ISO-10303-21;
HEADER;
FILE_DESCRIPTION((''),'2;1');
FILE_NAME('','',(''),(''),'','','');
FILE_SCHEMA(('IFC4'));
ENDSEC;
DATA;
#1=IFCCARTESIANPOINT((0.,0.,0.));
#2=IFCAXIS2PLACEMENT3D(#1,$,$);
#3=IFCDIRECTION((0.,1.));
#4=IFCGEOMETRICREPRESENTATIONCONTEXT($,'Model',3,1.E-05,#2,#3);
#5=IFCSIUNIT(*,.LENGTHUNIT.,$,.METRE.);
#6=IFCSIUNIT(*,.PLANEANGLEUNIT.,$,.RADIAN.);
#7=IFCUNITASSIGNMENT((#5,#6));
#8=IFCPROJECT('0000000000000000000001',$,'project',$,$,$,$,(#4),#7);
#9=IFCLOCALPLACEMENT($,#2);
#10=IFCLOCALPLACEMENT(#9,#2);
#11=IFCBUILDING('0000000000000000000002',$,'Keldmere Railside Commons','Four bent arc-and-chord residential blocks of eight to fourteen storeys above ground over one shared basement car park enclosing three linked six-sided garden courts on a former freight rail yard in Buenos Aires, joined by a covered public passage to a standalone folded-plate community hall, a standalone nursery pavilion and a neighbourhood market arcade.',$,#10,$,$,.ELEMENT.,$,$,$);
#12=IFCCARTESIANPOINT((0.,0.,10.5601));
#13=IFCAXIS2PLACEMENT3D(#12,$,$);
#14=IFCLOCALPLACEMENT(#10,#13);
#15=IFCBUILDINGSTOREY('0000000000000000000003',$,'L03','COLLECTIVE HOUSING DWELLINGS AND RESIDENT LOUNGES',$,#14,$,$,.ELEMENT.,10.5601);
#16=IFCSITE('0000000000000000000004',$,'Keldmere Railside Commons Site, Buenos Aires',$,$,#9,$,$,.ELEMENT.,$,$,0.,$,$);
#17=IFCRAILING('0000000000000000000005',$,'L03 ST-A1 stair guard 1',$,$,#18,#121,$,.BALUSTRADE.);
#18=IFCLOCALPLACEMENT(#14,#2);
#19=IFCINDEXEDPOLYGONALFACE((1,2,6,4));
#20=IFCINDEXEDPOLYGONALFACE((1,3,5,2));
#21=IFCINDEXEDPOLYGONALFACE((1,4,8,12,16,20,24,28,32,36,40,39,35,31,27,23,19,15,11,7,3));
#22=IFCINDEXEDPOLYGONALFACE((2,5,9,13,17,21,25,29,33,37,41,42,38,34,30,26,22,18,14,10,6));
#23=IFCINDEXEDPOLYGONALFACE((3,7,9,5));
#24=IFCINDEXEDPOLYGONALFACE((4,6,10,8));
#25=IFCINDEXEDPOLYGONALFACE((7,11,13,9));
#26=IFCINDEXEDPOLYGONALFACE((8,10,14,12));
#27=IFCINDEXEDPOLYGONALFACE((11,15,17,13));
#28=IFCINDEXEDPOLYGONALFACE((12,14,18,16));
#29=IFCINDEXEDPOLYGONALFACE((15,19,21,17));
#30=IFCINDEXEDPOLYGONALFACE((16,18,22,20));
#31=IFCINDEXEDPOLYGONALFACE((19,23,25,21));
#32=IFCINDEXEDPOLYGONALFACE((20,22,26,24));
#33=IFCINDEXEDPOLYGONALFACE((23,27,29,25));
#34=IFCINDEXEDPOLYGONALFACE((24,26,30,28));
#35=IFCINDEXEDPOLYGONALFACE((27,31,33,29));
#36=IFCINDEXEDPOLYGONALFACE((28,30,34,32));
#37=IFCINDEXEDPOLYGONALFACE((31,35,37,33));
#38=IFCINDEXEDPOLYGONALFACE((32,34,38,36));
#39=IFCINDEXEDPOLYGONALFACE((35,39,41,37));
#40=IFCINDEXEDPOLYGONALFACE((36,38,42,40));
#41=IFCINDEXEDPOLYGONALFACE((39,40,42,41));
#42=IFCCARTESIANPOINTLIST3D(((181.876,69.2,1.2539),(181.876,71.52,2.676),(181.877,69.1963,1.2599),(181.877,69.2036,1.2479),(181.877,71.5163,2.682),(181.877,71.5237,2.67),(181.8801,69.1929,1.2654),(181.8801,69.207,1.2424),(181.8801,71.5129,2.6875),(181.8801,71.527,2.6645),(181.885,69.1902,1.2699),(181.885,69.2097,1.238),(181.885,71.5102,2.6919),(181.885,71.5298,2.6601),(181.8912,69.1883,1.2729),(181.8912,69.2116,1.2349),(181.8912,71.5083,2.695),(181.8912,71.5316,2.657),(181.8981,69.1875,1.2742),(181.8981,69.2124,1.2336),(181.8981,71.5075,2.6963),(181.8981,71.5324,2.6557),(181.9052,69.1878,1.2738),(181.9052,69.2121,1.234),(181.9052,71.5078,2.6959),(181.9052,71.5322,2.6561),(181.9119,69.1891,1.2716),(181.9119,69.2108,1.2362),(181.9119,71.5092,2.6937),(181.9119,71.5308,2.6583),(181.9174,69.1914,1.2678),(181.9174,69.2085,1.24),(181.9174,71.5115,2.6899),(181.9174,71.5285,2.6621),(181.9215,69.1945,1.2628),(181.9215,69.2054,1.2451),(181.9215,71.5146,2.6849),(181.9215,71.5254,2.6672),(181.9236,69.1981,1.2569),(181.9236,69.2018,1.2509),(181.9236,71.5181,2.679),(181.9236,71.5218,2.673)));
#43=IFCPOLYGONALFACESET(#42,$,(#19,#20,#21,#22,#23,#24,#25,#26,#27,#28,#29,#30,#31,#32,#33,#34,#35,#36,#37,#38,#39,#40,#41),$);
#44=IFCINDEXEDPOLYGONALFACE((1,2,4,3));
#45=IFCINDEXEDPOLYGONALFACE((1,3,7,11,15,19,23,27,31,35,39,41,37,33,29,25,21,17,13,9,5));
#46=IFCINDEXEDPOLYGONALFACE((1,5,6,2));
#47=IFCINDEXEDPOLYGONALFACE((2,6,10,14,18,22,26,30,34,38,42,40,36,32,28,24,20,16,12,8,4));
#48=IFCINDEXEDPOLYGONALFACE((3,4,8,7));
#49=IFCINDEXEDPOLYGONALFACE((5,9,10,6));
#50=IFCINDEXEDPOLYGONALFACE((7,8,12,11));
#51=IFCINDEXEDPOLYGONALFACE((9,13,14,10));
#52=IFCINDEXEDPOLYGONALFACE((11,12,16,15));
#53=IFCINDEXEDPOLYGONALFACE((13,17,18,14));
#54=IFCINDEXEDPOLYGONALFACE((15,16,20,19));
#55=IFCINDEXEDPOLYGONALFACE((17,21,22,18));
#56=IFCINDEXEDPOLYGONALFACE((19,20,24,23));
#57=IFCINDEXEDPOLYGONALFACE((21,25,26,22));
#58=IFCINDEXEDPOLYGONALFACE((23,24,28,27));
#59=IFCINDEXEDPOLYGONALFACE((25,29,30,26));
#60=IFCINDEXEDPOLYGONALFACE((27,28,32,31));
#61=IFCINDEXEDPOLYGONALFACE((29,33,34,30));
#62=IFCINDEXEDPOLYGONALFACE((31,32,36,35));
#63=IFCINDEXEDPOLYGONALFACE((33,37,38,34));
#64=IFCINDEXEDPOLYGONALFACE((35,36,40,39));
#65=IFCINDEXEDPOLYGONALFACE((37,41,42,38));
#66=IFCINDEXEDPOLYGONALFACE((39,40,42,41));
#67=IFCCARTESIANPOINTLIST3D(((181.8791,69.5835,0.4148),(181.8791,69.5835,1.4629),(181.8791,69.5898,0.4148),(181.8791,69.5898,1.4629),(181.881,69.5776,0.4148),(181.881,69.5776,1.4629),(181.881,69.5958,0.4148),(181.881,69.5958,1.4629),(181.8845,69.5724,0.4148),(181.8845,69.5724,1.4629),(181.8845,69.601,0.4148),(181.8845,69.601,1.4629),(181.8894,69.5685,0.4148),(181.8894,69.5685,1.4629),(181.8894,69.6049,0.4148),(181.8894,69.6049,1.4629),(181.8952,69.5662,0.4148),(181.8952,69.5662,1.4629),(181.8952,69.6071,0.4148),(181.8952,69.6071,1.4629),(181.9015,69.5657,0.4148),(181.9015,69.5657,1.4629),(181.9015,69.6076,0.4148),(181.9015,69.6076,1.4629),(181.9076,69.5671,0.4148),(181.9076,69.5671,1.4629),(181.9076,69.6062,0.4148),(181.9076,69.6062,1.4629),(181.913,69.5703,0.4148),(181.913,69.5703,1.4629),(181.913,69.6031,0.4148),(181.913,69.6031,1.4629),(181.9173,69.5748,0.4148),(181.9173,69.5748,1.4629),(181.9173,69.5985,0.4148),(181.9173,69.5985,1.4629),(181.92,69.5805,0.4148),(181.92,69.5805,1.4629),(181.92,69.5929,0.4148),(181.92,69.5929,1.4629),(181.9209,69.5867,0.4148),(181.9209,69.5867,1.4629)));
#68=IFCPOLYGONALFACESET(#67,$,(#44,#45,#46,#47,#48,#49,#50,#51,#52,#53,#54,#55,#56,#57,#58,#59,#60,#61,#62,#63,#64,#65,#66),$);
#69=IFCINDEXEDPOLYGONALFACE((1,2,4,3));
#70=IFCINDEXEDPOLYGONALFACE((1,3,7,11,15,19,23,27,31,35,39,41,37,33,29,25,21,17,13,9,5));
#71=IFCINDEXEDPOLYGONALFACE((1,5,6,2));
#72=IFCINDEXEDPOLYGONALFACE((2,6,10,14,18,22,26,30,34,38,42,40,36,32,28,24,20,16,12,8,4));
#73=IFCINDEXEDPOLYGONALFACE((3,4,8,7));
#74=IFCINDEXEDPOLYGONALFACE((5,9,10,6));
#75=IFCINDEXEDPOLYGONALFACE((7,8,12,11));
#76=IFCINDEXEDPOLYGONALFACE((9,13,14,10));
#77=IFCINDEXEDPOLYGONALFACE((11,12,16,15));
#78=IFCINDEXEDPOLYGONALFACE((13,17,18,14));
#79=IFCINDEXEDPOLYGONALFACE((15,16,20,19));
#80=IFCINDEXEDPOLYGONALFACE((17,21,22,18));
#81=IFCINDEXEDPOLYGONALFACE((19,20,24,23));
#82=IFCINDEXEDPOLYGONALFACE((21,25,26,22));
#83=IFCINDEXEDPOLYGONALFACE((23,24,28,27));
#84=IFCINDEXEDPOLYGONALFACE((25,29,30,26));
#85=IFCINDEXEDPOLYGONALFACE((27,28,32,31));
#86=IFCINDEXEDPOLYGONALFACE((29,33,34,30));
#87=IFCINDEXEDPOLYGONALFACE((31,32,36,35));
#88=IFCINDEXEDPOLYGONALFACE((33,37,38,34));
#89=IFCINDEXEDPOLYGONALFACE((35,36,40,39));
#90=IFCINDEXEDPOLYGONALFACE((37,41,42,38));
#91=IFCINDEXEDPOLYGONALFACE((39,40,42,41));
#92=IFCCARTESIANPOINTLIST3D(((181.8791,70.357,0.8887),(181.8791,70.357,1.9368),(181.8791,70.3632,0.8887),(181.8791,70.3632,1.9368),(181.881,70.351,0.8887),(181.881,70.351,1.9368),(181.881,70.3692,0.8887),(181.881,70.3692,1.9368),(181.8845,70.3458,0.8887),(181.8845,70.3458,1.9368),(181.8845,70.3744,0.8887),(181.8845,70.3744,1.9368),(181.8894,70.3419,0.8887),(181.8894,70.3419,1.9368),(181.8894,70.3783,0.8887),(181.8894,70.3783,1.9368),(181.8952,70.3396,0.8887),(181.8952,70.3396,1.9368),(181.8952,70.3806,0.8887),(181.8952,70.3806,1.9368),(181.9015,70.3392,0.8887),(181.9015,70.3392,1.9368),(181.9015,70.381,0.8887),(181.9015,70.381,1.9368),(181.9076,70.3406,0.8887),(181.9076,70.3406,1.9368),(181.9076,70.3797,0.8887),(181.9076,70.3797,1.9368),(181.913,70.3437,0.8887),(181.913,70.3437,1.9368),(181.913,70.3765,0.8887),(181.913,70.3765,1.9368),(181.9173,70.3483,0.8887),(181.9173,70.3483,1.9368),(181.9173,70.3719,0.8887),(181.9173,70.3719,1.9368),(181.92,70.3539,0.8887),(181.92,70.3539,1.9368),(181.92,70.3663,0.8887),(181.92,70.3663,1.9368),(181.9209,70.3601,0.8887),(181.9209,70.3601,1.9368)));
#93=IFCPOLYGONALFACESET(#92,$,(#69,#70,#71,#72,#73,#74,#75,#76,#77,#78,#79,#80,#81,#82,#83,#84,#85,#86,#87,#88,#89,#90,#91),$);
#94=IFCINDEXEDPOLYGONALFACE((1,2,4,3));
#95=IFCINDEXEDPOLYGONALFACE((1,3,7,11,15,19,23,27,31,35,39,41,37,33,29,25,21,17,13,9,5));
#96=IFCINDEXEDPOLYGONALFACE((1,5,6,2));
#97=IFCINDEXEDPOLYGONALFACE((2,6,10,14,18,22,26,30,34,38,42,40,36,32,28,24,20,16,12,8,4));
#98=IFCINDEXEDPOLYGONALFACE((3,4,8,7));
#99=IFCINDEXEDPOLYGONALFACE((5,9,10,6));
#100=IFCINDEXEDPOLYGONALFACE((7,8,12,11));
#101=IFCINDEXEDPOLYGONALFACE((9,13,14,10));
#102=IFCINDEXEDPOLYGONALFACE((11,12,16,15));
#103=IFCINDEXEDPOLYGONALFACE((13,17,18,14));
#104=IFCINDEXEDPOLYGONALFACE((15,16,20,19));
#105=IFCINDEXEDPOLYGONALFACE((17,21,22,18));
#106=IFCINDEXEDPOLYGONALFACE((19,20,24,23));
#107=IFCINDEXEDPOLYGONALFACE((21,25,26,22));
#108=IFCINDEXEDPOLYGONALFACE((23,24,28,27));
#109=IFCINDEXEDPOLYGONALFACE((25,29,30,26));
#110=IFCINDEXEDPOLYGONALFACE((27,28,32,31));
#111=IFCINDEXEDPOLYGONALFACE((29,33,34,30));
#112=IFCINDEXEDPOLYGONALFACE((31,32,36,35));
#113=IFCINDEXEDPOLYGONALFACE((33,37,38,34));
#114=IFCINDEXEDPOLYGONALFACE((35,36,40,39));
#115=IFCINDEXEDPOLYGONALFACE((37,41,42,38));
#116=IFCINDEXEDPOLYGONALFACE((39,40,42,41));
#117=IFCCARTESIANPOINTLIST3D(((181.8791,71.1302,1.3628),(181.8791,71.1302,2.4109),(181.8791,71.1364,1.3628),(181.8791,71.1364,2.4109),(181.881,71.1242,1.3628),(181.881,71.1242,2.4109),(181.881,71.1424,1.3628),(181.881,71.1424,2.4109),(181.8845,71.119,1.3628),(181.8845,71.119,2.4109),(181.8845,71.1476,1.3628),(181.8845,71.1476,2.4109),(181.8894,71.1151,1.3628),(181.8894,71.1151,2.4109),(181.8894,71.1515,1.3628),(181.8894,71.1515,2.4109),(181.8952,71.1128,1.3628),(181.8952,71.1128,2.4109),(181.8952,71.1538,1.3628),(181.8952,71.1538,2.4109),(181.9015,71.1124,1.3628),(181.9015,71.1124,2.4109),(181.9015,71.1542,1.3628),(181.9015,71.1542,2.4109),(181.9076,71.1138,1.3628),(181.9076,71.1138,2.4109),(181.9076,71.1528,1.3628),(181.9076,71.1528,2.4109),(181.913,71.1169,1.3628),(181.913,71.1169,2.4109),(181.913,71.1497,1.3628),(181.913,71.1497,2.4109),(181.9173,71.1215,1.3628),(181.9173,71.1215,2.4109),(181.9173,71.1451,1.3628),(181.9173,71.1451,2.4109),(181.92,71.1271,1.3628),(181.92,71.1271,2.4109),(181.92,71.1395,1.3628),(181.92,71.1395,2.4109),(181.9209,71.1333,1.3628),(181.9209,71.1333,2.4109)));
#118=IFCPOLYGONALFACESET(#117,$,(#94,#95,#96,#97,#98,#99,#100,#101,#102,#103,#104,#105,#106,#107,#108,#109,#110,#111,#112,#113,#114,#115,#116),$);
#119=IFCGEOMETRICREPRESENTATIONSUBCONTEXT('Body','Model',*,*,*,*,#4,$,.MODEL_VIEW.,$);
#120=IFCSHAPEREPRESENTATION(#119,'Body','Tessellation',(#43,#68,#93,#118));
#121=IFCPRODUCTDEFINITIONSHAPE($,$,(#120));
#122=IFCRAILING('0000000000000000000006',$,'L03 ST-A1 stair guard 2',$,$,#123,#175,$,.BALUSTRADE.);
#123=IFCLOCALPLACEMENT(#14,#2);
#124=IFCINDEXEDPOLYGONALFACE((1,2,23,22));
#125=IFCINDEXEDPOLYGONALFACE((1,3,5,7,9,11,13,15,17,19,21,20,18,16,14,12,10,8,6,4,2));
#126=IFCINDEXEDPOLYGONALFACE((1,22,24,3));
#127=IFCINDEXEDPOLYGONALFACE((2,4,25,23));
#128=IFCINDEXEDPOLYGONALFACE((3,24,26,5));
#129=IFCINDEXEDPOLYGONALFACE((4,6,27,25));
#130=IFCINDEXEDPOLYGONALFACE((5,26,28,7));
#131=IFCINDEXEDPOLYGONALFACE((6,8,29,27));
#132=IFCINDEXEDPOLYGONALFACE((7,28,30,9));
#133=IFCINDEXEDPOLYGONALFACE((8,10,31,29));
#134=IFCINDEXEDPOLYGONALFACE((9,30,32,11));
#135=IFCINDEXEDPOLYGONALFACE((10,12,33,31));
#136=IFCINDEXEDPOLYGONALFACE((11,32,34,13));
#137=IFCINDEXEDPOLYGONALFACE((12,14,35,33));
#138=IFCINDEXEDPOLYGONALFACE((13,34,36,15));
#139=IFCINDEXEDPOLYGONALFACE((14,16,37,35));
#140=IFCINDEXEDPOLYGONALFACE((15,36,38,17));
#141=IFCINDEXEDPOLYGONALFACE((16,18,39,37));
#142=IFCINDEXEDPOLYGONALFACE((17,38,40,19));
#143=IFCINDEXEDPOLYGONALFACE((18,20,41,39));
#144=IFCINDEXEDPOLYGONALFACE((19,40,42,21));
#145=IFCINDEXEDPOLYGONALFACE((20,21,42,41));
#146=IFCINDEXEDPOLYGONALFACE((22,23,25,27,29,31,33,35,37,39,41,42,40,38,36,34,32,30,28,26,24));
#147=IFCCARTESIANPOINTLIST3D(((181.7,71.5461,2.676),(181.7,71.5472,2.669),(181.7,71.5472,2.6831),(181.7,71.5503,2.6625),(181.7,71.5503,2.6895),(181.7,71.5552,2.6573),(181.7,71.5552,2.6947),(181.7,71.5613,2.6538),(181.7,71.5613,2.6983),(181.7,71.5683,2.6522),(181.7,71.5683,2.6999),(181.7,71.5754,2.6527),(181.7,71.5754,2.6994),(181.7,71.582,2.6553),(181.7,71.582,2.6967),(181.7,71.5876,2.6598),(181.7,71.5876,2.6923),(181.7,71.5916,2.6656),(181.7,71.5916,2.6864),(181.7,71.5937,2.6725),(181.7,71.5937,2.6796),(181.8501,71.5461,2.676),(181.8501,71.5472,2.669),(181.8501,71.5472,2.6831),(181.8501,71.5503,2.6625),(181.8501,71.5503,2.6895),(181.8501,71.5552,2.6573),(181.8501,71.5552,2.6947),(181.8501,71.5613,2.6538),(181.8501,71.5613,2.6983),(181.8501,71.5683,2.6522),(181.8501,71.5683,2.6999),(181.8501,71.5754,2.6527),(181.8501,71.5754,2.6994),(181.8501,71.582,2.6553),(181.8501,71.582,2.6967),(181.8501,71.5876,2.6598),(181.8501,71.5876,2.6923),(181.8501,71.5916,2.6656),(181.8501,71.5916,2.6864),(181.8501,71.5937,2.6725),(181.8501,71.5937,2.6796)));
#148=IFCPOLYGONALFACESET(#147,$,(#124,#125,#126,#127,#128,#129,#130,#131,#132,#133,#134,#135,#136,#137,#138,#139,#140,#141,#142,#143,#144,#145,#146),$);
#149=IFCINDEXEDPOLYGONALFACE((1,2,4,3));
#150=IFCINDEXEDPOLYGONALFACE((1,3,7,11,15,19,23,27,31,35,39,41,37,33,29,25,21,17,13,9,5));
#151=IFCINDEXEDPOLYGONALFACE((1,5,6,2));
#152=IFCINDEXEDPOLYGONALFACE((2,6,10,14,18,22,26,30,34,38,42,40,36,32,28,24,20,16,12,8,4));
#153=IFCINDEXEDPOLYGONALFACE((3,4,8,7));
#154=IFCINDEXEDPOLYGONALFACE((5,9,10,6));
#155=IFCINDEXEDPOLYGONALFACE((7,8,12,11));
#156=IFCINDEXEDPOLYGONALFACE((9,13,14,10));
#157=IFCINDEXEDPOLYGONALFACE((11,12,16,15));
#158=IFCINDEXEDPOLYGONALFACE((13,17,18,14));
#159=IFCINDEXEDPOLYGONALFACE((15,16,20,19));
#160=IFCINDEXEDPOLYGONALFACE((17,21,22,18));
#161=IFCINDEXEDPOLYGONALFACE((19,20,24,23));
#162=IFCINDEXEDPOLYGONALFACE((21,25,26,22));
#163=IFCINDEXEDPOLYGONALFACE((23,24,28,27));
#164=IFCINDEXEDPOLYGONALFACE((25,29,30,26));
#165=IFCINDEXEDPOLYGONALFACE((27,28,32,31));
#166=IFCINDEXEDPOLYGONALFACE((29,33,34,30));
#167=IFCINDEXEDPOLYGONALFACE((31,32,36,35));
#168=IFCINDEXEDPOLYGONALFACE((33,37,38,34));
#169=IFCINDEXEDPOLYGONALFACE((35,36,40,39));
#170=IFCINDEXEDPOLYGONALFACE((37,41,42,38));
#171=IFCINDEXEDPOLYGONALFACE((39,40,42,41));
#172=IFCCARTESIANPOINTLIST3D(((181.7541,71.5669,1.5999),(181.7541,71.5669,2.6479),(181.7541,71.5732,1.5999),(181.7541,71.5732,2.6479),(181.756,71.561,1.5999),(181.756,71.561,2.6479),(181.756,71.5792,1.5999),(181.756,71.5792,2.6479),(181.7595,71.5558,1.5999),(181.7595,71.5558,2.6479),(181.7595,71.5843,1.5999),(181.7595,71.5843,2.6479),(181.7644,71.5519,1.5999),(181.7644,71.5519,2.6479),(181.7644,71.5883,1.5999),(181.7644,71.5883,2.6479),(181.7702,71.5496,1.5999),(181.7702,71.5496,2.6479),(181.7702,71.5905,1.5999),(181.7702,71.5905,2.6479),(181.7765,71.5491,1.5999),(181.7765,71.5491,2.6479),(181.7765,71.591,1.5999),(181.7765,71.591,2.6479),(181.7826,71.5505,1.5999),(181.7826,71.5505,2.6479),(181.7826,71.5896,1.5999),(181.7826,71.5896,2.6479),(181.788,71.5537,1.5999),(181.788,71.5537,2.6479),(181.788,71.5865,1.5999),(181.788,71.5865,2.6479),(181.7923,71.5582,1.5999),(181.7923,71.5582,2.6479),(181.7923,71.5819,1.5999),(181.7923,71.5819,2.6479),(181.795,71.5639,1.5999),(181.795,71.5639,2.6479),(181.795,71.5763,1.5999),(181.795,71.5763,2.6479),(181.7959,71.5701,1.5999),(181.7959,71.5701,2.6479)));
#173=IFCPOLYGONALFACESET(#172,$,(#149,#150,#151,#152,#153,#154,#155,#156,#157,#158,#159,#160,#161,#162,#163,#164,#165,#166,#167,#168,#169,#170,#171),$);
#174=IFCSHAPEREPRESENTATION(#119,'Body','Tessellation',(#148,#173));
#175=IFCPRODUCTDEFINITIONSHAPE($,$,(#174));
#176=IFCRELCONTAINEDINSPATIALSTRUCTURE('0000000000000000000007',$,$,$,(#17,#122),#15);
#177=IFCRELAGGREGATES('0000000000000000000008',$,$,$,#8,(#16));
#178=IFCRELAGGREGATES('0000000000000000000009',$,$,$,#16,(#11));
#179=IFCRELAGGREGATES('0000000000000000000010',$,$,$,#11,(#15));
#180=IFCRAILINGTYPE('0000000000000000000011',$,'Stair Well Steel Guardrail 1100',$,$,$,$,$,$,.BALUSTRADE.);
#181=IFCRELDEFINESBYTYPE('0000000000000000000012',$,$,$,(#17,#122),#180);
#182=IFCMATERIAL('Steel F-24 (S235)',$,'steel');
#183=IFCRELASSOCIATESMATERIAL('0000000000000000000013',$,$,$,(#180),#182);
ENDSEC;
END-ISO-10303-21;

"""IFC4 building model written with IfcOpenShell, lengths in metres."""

from ifc_helpers import new_model, si_unit, direction, frame, origin, origin_2d, place, context, subcontext, project, spatial, circle, extrude, material, type_object, element, save


model = new_model("IFC4")

# Units and contexts
model_context = context("Model", 3, precision=1e-05, world=origin(), true_north=direction((0.0, 1.0)))
body_context = subcontext(model_context, "Body", "Model", "MODEL_VIEW")
ifc_project = project(units=[si_unit("LENGTHUNIT", "METRE"), si_unit("PLANEANGLEUNIT", "RADIAN")], contexts=[model_context])

# Site, building, storey
site_placement = place(None, origin())
site = spatial("IfcSite", under=ifc_project, at=site_placement, Name="Keldmere Railside Commons Site, Buenos Aires", CompositionType="ELEMENT", RefElevation=0.0)
building_placement = place(site_placement, origin())
building = spatial("IfcBuilding", under=site, at=building_placement, Name="Keldmere Railside Commons", Description="Four bent arc-and-chord residential blocks of eight to fourteen storeys above ground over one shared basement car park enclosing three linked six-sided garden courts on a former freight rail yard in Buenos Aires, joined by a covered public passage to a standalone folded-plate community hall, a standalone nursery pavilion and a neighbourhood market arcade.", CompositionType="ELEMENT")
storey_placement = place(building_placement, frame((0.0, 0.0, 10.5601)))
storey = spatial("IfcBuildingStorey", under=building, at=storey_placement, Name="L03", Description="COLLECTIVE HOUSING DWELLINGS AND RESIDENT LOUNGES", CompositionType="ELEMENT", Elevation=10.5601)

# Railings
ifc_material_1 = material(Name="Steel F-24 (S235)", Category="steel")
railing_type_1 = type_object("IfcRailingType", Name="Stair Well Steel Guardrail 1100", PredefinedType="BALUSTRADE", material=ifc_material_1)
railing_1_placement = place(storey_placement, frame((181.8999, 69.2, 0.1777)))
element("IfcRailing", 1, at=railing_1_placement, inside=storey, type_object=railing_type_1, Name="L03 ST-A1 stair guard 1", PredefinedType="BALUSTRADE", context=body_context, shape_type="SweptSolid", body=[
    extrude(circle(Radius=0.0239, at=origin_2d()), frame((0.0, 0.0, 1.0762), z_axis=(0.0, 0.852578, 0.5226), x_axis=(-1.0, 0.0, 0.0)), (0.0, 0.0, 1.0), 2.7212),
    extrude(circle(Radius=0.021, at=origin_2d()), frame((0.0, 0.3867, 0.2371)), (0.0, 0.0, 1.0), 1.0481),
    extrude(circle(Radius=0.021, at=origin_2d()), frame((0.0, 1.1602, 0.7109)), (0.0, 0.0, 1.0), 1.0481),
    extrude(circle(Radius=0.021, at=origin_2d()), frame((0.0, 1.9333, 1.1851)), (0.0, 0.0, 1.0), 1.0481),
])
railing_2_placement = place(storey_placement, frame((181.8501, 71.5701, 1.5999)))
element("IfcRailing", 2, at=railing_2_placement, inside=storey, type_object=railing_type_1, Name="L03 ST-A1 stair guard 2", PredefinedType="BALUSTRADE", context=body_context, shape_type="SweptSolid", body=[
    extrude(circle(Radius=0.0239, at=origin_2d()), frame((0.0, 0.0, 1.0762), z_axis=(-1.0, 0.0, 0.0), x_axis=(0.0, -1.0, 0.0)), (0.0, 0.0, 1.0), 0.1501),
    extrude(circle(Radius=0.021, at=origin_2d()), frame((-0.0752, 0.0, 0.0)), (0.0, 0.0, 1.0), 1.0481),
])

save(model, "model.ifc")
